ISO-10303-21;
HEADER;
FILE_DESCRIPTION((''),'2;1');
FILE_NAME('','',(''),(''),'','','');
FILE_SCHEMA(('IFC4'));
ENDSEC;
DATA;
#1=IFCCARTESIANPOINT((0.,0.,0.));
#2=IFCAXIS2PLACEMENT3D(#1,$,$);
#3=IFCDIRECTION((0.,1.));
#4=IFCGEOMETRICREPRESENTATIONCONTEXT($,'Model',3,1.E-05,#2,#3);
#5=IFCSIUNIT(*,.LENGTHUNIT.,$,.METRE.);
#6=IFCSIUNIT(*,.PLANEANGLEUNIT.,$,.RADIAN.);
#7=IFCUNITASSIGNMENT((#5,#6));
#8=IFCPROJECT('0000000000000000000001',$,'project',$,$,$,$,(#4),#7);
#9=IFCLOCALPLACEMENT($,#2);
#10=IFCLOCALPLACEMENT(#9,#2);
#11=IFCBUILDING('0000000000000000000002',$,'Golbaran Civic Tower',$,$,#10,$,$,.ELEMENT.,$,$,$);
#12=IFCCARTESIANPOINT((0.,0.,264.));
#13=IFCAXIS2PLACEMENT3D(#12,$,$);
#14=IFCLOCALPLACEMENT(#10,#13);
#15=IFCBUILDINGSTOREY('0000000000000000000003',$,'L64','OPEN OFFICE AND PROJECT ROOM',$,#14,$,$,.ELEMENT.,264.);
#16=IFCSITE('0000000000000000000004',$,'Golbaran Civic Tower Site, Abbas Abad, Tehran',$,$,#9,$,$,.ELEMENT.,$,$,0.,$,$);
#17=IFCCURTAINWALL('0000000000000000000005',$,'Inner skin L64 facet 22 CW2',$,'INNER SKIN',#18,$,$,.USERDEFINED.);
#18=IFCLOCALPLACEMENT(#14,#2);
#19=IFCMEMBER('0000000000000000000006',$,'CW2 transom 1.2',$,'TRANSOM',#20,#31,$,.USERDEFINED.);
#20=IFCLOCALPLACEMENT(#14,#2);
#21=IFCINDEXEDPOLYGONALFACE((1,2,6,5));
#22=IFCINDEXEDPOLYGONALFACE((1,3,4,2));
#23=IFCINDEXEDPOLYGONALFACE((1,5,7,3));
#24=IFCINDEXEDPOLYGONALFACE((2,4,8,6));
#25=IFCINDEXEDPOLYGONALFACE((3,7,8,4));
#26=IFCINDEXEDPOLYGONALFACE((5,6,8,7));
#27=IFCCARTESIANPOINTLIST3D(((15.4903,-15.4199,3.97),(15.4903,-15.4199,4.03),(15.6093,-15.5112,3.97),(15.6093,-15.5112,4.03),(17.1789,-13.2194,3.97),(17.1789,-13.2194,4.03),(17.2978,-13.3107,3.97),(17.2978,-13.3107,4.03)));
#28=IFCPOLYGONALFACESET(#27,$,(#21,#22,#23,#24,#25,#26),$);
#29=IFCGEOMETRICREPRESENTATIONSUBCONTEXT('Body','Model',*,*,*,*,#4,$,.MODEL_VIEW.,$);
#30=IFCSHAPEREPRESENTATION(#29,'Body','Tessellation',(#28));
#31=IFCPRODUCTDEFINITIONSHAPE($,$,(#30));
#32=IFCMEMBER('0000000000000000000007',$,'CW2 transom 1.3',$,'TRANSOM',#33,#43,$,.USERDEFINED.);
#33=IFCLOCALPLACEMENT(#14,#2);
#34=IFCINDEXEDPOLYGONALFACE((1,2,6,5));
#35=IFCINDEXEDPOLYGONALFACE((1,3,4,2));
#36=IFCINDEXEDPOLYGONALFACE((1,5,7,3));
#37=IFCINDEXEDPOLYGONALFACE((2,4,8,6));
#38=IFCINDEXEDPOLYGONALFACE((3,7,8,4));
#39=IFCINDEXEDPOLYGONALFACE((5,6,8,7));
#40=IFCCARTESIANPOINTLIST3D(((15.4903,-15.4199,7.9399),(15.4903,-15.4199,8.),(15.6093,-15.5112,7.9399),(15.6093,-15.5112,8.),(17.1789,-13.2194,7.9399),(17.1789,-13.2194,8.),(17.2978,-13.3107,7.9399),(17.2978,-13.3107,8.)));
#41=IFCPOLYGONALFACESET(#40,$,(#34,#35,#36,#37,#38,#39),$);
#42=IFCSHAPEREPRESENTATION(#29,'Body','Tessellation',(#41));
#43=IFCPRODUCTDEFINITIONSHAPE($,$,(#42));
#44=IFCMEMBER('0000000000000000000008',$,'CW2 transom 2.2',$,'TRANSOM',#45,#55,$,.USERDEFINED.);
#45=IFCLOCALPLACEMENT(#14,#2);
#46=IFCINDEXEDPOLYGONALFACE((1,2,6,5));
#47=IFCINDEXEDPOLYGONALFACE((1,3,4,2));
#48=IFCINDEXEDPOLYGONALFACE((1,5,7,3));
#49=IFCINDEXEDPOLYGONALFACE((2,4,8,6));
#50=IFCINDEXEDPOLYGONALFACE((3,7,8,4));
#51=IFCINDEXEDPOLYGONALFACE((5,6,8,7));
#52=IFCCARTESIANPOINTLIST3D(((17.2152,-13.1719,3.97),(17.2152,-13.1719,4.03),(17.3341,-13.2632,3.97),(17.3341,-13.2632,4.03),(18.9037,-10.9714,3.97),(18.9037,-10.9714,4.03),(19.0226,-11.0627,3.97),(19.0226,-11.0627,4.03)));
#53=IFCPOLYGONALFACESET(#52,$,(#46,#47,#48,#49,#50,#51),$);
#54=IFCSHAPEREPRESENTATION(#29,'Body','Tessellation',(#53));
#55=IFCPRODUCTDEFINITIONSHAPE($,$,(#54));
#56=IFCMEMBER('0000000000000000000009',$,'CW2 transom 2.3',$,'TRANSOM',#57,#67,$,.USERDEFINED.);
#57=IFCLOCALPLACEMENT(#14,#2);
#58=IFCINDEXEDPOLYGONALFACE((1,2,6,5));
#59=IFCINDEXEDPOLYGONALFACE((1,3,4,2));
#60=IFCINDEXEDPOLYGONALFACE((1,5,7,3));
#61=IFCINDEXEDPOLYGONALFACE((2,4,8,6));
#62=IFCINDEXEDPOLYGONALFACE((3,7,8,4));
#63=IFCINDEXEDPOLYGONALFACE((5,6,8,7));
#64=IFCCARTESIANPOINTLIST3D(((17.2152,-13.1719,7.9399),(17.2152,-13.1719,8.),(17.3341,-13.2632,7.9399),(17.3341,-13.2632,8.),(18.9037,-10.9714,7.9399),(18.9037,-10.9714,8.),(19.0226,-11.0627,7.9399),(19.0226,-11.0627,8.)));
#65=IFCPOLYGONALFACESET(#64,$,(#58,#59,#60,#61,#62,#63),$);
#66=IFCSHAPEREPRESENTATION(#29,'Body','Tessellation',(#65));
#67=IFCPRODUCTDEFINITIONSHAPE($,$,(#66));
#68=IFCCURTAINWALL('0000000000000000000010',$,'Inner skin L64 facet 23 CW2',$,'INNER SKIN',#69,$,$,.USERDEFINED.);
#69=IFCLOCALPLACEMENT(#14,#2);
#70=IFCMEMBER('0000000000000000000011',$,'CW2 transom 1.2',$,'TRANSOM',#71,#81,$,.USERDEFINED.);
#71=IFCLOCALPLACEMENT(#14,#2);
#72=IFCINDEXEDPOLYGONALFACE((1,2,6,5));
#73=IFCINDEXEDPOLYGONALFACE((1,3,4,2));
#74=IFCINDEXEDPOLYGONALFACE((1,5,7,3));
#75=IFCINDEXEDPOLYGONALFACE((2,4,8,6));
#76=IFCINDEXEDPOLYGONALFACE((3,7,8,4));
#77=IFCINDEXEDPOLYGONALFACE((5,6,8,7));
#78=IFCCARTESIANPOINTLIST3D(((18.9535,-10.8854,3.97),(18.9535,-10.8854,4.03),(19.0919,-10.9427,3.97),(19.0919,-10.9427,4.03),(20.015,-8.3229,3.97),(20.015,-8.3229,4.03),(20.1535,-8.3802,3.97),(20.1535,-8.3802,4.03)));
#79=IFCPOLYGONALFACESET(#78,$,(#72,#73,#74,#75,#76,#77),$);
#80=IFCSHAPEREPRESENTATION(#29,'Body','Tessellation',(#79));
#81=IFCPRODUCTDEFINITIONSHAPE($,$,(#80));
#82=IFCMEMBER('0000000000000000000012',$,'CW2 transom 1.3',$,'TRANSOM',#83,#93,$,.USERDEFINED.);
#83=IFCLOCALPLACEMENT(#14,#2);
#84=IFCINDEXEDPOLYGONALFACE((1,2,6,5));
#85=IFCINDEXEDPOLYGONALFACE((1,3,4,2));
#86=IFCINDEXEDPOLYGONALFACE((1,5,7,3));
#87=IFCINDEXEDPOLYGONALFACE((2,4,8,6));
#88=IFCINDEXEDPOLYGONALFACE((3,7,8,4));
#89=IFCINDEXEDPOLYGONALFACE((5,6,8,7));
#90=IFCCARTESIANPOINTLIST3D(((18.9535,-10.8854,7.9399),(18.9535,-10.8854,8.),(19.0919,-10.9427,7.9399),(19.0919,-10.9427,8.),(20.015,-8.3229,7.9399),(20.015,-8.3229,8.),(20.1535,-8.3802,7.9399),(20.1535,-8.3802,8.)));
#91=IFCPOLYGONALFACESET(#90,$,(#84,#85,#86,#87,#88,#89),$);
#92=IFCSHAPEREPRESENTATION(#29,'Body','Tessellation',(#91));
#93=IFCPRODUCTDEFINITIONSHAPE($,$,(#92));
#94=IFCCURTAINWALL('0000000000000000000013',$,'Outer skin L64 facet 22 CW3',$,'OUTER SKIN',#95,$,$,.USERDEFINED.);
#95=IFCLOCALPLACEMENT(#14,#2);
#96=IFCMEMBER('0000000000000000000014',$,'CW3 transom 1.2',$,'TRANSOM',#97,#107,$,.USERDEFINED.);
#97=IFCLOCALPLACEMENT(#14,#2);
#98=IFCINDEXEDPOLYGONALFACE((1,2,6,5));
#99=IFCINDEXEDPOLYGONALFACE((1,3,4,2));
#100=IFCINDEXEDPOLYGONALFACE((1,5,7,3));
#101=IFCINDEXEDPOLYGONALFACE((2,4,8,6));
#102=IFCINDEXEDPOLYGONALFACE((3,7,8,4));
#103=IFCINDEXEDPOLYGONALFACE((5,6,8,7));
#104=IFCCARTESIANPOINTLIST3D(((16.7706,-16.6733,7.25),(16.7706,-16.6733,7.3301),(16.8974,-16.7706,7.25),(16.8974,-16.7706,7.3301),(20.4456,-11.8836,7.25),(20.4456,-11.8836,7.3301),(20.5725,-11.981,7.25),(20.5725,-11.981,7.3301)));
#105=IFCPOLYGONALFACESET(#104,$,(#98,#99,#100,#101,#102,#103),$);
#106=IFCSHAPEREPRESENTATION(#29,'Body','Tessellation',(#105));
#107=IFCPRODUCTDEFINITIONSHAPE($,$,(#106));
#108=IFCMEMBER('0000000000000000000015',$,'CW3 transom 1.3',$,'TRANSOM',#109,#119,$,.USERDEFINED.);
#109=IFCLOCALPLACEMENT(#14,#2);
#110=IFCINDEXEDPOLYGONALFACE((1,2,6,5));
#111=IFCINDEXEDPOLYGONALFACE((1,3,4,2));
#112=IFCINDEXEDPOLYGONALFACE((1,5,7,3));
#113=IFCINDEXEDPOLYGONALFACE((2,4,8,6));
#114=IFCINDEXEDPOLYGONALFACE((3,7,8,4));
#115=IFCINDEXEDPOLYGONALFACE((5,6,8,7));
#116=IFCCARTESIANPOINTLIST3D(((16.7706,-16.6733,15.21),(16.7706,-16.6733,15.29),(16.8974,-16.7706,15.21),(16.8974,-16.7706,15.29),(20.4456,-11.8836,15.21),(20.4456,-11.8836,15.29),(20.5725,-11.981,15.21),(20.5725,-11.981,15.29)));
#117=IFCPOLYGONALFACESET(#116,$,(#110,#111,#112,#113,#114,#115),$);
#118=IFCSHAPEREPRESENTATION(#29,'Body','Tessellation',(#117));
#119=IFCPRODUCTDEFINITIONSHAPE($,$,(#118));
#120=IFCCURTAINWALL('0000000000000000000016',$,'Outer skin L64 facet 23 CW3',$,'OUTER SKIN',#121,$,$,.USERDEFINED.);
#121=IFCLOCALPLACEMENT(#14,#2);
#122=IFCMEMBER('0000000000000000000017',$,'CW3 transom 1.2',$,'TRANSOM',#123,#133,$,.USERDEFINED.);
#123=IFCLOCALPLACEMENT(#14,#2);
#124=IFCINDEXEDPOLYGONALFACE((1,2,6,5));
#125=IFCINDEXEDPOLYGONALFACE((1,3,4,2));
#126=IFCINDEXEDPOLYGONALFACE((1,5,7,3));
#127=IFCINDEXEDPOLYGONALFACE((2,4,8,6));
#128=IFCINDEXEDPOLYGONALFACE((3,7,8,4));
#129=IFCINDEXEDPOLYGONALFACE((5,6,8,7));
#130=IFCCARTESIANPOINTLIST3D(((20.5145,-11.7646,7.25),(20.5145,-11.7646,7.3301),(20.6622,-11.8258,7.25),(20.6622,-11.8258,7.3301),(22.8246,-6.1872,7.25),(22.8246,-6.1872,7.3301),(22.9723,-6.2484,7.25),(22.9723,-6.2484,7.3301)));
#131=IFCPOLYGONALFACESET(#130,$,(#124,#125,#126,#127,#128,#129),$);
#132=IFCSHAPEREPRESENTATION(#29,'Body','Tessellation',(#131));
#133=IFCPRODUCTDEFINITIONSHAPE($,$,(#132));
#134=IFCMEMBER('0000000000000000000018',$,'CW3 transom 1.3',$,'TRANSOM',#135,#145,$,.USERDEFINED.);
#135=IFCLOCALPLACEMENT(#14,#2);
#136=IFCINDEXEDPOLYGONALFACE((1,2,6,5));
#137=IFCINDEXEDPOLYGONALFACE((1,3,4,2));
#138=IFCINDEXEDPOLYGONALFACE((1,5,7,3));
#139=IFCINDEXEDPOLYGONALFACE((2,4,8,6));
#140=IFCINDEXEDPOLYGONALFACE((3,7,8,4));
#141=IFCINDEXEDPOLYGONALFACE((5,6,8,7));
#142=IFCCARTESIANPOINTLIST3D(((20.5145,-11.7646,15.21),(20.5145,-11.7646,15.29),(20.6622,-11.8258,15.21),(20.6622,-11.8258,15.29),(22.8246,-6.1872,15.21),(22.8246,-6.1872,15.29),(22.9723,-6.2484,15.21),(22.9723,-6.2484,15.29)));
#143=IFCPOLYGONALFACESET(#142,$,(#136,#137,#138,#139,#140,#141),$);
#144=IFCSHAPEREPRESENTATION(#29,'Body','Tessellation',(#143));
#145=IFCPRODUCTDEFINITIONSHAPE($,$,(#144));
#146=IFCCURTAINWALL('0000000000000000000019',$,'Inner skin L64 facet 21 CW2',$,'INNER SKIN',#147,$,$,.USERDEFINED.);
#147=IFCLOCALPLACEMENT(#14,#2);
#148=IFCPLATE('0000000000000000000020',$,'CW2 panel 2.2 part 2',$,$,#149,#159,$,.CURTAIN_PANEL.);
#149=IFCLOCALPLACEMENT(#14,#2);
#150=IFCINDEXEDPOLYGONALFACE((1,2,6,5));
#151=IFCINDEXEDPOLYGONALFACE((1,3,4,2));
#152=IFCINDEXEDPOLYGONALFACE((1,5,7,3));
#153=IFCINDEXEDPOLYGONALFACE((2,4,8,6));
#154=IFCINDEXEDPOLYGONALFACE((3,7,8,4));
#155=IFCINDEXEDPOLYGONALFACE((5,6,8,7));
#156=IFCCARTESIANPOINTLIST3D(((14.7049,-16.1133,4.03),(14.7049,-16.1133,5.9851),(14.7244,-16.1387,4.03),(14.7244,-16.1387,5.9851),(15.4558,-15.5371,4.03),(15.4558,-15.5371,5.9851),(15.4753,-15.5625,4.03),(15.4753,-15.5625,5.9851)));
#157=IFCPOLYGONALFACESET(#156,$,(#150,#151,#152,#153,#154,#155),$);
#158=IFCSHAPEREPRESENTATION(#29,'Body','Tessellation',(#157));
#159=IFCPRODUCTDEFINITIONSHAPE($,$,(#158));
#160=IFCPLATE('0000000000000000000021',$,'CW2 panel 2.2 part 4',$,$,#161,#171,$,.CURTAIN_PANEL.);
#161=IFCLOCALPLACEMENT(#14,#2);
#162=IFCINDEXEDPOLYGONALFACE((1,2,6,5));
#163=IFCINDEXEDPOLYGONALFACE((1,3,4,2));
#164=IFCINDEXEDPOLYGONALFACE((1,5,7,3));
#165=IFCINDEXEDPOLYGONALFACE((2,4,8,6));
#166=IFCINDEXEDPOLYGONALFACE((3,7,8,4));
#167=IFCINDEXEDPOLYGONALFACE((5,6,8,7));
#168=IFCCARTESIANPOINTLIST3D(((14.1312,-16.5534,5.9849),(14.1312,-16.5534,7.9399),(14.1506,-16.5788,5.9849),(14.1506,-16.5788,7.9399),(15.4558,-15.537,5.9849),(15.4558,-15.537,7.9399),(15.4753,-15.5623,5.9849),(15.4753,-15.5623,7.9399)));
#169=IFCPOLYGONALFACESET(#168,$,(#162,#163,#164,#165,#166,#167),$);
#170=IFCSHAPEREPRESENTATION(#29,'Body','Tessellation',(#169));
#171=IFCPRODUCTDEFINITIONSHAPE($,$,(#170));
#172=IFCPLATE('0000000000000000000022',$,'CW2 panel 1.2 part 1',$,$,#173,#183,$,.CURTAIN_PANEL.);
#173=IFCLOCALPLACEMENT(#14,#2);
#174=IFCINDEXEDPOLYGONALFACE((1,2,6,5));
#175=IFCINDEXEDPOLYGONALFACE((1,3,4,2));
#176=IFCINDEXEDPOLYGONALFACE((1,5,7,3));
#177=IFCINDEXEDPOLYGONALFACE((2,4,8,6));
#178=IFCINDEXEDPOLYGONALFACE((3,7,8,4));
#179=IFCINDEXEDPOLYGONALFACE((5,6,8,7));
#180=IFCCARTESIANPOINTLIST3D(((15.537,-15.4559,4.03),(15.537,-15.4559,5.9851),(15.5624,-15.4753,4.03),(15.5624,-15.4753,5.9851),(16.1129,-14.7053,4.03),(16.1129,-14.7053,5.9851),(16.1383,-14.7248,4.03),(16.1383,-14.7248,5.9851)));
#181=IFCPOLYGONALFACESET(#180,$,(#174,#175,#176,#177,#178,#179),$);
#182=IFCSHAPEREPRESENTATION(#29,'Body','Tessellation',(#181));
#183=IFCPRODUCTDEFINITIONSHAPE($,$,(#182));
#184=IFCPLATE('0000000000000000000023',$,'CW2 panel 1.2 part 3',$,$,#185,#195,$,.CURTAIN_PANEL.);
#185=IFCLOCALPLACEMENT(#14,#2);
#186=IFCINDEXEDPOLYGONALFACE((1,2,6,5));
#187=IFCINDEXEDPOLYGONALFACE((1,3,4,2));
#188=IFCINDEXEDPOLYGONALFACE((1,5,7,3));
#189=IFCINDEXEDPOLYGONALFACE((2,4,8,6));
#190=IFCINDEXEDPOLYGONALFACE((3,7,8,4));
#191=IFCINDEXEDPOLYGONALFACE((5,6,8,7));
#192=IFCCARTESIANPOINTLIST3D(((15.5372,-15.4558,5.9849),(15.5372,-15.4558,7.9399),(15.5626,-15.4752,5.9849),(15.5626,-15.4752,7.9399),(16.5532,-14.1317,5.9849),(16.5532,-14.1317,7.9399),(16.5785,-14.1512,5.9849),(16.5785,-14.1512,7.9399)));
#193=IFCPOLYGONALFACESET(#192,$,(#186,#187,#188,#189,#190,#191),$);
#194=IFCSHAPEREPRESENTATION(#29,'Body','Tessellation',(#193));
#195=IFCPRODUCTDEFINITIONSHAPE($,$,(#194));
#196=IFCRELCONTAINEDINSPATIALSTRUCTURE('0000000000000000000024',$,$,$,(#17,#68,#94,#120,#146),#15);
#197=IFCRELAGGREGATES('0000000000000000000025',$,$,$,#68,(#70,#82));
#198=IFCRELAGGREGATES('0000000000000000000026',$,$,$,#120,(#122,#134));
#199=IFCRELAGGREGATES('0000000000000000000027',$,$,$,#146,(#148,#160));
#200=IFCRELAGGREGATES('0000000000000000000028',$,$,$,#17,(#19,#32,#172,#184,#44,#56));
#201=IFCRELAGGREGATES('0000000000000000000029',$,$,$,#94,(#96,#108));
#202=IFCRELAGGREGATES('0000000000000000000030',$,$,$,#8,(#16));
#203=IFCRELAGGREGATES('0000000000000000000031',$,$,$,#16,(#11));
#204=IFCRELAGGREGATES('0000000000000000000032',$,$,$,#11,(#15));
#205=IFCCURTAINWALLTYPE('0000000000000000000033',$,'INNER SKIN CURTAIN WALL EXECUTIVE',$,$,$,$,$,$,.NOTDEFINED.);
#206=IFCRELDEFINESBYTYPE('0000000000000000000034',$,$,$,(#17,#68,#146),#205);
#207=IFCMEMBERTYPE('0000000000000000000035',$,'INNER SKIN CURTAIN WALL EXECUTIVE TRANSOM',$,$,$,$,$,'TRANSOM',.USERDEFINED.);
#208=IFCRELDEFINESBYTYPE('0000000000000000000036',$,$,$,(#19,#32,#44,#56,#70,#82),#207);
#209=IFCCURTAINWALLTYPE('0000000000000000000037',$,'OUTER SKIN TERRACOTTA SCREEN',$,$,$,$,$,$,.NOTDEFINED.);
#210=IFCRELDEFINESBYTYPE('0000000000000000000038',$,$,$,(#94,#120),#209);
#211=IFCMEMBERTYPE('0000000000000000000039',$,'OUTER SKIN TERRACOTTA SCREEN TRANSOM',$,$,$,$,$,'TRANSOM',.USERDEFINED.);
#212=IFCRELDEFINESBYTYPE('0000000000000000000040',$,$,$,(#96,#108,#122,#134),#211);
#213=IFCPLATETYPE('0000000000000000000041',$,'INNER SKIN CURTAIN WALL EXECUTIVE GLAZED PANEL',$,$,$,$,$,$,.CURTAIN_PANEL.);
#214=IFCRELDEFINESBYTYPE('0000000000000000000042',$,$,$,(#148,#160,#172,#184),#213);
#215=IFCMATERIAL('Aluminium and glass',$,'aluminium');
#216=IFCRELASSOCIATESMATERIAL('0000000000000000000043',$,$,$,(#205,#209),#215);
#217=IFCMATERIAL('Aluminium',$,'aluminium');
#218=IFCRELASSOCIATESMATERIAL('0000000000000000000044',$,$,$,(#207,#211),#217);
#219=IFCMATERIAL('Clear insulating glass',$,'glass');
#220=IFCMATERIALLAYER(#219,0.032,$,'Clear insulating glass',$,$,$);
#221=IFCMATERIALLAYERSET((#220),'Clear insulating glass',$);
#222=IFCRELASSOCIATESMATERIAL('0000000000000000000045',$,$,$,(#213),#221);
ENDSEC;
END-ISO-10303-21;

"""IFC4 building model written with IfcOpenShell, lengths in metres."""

from ifc_helpers import new_model, si_unit, direction, frame, origin, origin_2d, place, context, subcontext, project, spatial, rectangle, extrude, material, layer, layer_set, material_profile, profile_set, type_object, element, aggregate, save


model = new_model("IFC4")

# Units and contexts
model_context = context("Model", 3, precision=1e-05, world=origin(), true_north=direction((0.0, 1.0)))
body_context = subcontext(model_context, "Body", "Model", "MODEL_VIEW")
ifc_project = project(units=[si_unit("LENGTHUNIT", "METRE"), si_unit("PLANEANGLEUNIT", "RADIAN")], contexts=[model_context])

# Site, building, storey
site_placement = place(None, origin())
site = spatial("IfcSite", under=ifc_project, at=site_placement, Name="Golbaran Civic Tower Site, Abbas Abad, Tehran", CompositionType="ELEMENT", RefElevation=0.0)
building_placement = place(site_placement, origin())
building = spatial("IfcBuilding", under=site, at=building_placement, Name="Golbaran Civic Tower", CompositionType="ELEMENT")
storey_placement = place(building_placement, frame((0.0, 0.0, 264.0)))
storey = spatial("IfcBuildingStorey", under=building, at=storey_placement, Name="L64", Description="OPEN OFFICE AND PROJECT ROOM", CompositionType="ELEMENT", Elevation=264.0)

# Curtain walls, members
ifc_material_1 = material(Name="Aluminium and glass", Category="aluminium")
curtain_wall_type_1 = type_object("IfcCurtainWallType", Name="INNER SKIN CURTAIN WALL EXECUTIVE", PredefinedType="NOTDEFINED", material=ifc_material_1)
curtain_wall_1_placement = place(storey_placement, origin())
curtain_wall_1 = element("IfcCurtainWall", 1, at=curtain_wall_1_placement, inside=storey, type_object=curtain_wall_type_1, Name="Inner skin L64 facet 22 CW2", ObjectType="INNER SKIN", PredefinedType="USERDEFINED")
ifc_material_2 = material(Name="Aluminium", Category="aluminium")
ifc_material_profile_1 = material_profile(ifc_material_2, rectangle(XDim=0.1499, YDim=0.0601, at=origin_2d()), Name="INNER SKIN CURTAIN WALL EXECUTIVE TRANSOM")
ifc_profile_set_1 = profile_set([ifc_material_profile_1], Name="Aluminium")
member_type_1 = type_object("IfcMemberType", Name="INNER SKIN CURTAIN WALL EXECUTIVE TRANSOM", ElementType="TRANSOM", PredefinedType="USERDEFINED", material=ifc_profile_set_1)
member_1_placement = place(storey_placement, frame((15.5498, -15.4656, 4.0), z_axis=(0.608766, 0.79335, 0.0), x_axis=(-0.79335, 0.608766, 0.0)))
member_1 = element("IfcMember", 2, at=member_1_placement, type_object=member_type_1, Name="CW2 transom 1.2", ObjectType="TRANSOM", PredefinedType="USERDEFINED", context=body_context, shape_type="SweptSolid", body=[
    extrude(rectangle(XDim=0.1499, YDim=0.0601, at=origin_2d()), origin(), (0.0, 0.0, 1.0), 2.7737),
])
member_2_placement = place(storey_placement, frame((15.5498, -15.4656, 7.97), z_axis=(0.608766, 0.79335, 0.0), x_axis=(-0.79335, 0.608766, 0.0)))
member_2 = element("IfcMember", 3, at=member_2_placement, type_object=member_type_1, Name="CW2 transom 1.3", ObjectType="TRANSOM", PredefinedType="USERDEFINED", context=body_context, shape_type="SweptSolid", body=[
    extrude(rectangle(XDim=0.1499, YDim=0.0601, at=origin_2d()), origin(), (0.0, 0.0, 1.0), 2.7737),
])
member_3_placement = place(storey_placement, frame((17.2747, -13.2175, 4.0), z_axis=(0.608766, 0.79335, 0.0), x_axis=(-0.79335, 0.608766, 0.0)))
member_3 = element("IfcMember", 4, at=member_3_placement, type_object=member_type_1, Name="CW2 transom 2.2", ObjectType="TRANSOM", PredefinedType="USERDEFINED", context=body_context, shape_type="SweptSolid", body=[
    extrude(rectangle(XDim=0.1499, YDim=0.0601, at=origin_2d()), origin(), (0.0, 0.0, 1.0), 2.7737),
])
member_4_placement = place(storey_placement, frame((17.2747, -13.2175, 7.97), z_axis=(0.608766, 0.79335, 0.0), x_axis=(-0.79335, 0.608766, 0.0)))
member_4 = element("IfcMember", 5, at=member_4_placement, type_object=member_type_1, Name="CW2 transom 2.3", ObjectType="TRANSOM", PredefinedType="USERDEFINED", context=body_context, shape_type="SweptSolid", body=[
    extrude(rectangle(XDim=0.1499, YDim=0.0601, at=origin_2d()), origin(), (0.0, 0.0, 1.0), 2.7737),
])
curtain_wall_2_placement = place(storey_placement, origin())
curtain_wall_2 = element("IfcCurtainWall", 6, at=curtain_wall_2_placement, inside=storey, type_object=curtain_wall_type_1, Name="Inner skin L64 facet 23 CW2", ObjectType="INNER SKIN", PredefinedType="USERDEFINED")
member_5_placement = place(storey_placement, frame((19.0227, -10.9141, 4.0), z_axis=(0.382715, 0.923867, 0.0), x_axis=(-0.923867, 0.382715, 0.0)))
member_5 = element("IfcMember", 7, at=member_5_placement, type_object=member_type_1, Name="CW2 transom 1.2", ObjectType="TRANSOM", PredefinedType="USERDEFINED", context=body_context, shape_type="SweptSolid", body=[
    extrude(rectangle(XDim=0.1499, YDim=0.0601, at=origin_2d()), origin(), (0.0, 0.0, 1.0), 2.7737),
])
member_6_placement = place(storey_placement, frame((19.0227, -10.9141, 7.97), z_axis=(0.382715, 0.923867, 0.0), x_axis=(-0.923867, 0.382715, 0.0)))
member_6 = element("IfcMember", 8, at=member_6_placement, type_object=member_type_1, Name="CW2 transom 1.3", ObjectType="TRANSOM", PredefinedType="USERDEFINED", context=body_context, shape_type="SweptSolid", body=[
    extrude(rectangle(XDim=0.1499, YDim=0.0601, at=origin_2d()), origin(), (0.0, 0.0, 1.0), 2.7737),
])
aggregate(curtain_wall_2, [member_5, member_6])
curtain_wall_type_2 = type_object("IfcCurtainWallType", Name="OUTER SKIN TERRACOTTA SCREEN", PredefinedType="NOTDEFINED", material=ifc_material_1)
curtain_wall_3_placement = place(storey_placement, origin())
curtain_wall_3 = element("IfcCurtainWall", 9, at=curtain_wall_3_placement, inside=storey, type_object=curtain_wall_type_2, Name="Outer skin L64 facet 22 CW3", ObjectType="OUTER SKIN", PredefinedType="USERDEFINED")
ifc_material_profile_2 = material_profile(ifc_material_2, rectangle(XDim=0.1599, YDim=0.0801, at=origin_2d()), Name="OUTER SKIN TERRACOTTA SCREEN TRANSOM")
ifc_profile_set_2 = profile_set([ifc_material_profile_2], Name="Aluminium")
member_type_2 = type_object("IfcMemberType", Name="OUTER SKIN TERRACOTTA SCREEN TRANSOM", ElementType="TRANSOM", PredefinedType="USERDEFINED", material=ifc_profile_set_2)
member_7_placement = place(storey_placement, frame((16.834, -16.7219, 7.29), z_axis=(0.608751, 0.793362, 0.0), x_axis=(-0.793362, 0.608751, 0.0)))
member_7 = element("IfcMember", 10, at=member_7_placement, type_object=member_type_2, Name="CW3 transom 1.2", ObjectType="TRANSOM", PredefinedType="USERDEFINED", context=body_context, shape_type="SweptSolid", body=[
    extrude(rectangle(XDim=0.1599, YDim=0.0801, at=origin_2d()), origin(), (0.0, 0.0, 1.0), 6.0371),
])
member_8_placement = place(storey_placement, frame((16.834, -16.7219, 15.25), z_axis=(0.608751, 0.793362, 0.0), x_axis=(-0.793362, 0.608751, 0.0)))
member_8 = element("IfcMember", 11, at=member_8_placement, type_object=member_type_2, Name="CW3 transom 1.3", ObjectType="TRANSOM", PredefinedType="USERDEFINED", context=body_context, shape_type="SweptSolid", body=[
    extrude(rectangle(XDim=0.1599, YDim=0.0801, at=origin_2d()), origin(), (0.0, 0.0, 1.0), 6.0371),
])
curtain_wall_4_placement = place(storey_placement, origin())
curtain_wall_4 = element("IfcCurtainWall", 12, at=curtain_wall_4_placement, inside=storey, type_object=curtain_wall_type_2, Name="Outer skin L64 facet 23 CW3", ObjectType="OUTER SKIN", PredefinedType="USERDEFINED")
member_9_placement = place(storey_placement, frame((20.5884, -11.7952, 7.29), z_axis=(0.382659, 0.92389, 0.0), x_axis=(-0.92389, 0.382659, 0.0)))
member_9 = element("IfcMember", 13, at=member_9_placement, type_object=member_type_2, Name="CW3 transom 1.2", ObjectType="TRANSOM", PredefinedType="USERDEFINED", context=body_context, shape_type="SweptSolid", body=[
    extrude(rectangle(XDim=0.1599, YDim=0.0801, at=origin_2d()), origin(), (0.0, 0.0, 1.0), 6.0369),
])
member_10_placement = place(storey_placement, frame((20.5884, -11.7952, 15.25), z_axis=(0.382659, 0.92389, 0.0), x_axis=(-0.92389, 0.382659, 0.0)))
member_10 = element("IfcMember", 14, at=member_10_placement, type_object=member_type_2, Name="CW3 transom 1.3", ObjectType="TRANSOM", PredefinedType="USERDEFINED", context=body_context, shape_type="SweptSolid", body=[
    extrude(rectangle(XDim=0.1599, YDim=0.0801, at=origin_2d()), origin(), (0.0, 0.0, 1.0), 6.0369),
])
aggregate(curtain_wall_4, [member_9, member_10])

# Curtain wall, plates
curtain_wall_5_placement = place(storey_placement, origin())
curtain_wall_5 = element("IfcCurtainWall", 15, at=curtain_wall_5_placement, inside=storey, type_object=curtain_wall_type_1, Name="Inner skin L64 facet 21 CW2", ObjectType="INNER SKIN", PredefinedType="USERDEFINED")
ifc_material_3 = material(Name="Clear insulating glass", Category="glass")
ifc_layer_1 = layer(ifc_material_3, 0.032, Name="Clear insulating glass")
ifc_layer_set_1 = layer_set([ifc_layer_1], Name="Clear insulating glass")
plate_type_1 = type_object("IfcPlateType", Name="INNER SKIN CURTAIN WALL EXECUTIVE GLAZED PANEL", PredefinedType="CURTAIN_PANEL", material=ifc_layer_set_1)
plate_1_placement = place(storey_placement, frame((15.0901, -15.8379, 4.03), z_axis=(0.0, 0.0, 1.0), x_axis=(0.793353, 0.608761, 0.0)))
plate_1 = element("IfcPlate", 16, at=plate_1_placement, type_object=plate_type_1, Name="CW2 panel 2.2 part 2", PredefinedType="CURTAIN_PANEL", context=body_context, shape_type="SweptSolid", body=[
    extrude(rectangle(XDim=0.9465, YDim=0.032, at=origin_2d()), origin(), (0.0, 0.0, 1.0), 1.9551),
])
plate_2_placement = place(storey_placement, frame((14.8032, -16.0579, 5.9849), z_axis=(0.0, 0.0, 1.0), x_axis=(0.793353, 0.608761, 0.0)))
plate_2 = element("IfcPlate", 17, at=plate_2_placement, type_object=plate_type_1, Name="CW2 panel 2.2 part 4", PredefinedType="CURTAIN_PANEL", context=body_context, shape_type="SweptSolid", body=[
    extrude(rectangle(XDim=1.6697, YDim=0.032, at=origin_2d()), origin(), (0.0, 0.0, 1.0), 1.9551),
])

# Plates
plate_3_placement = place(storey_placement, frame((15.8376, -15.0903, 4.03), z_axis=(0.0, 0.0, 1.0), x_axis=(0.608761, 0.793353, 0.0)))
plate_3 = element("IfcPlate", 18, at=plate_3_placement, type_object=plate_type_1, Name="CW2 panel 1.2 part 1", PredefinedType="CURTAIN_PANEL", context=body_context, shape_type="SweptSolid", body=[
    extrude(rectangle(XDim=0.946, YDim=0.032, at=origin_2d()), origin(), (0.0, 0.0, 1.0), 1.9551),
])
plate_4_placement = place(storey_placement, frame((16.0579, -14.8035, 5.9849), z_axis=(0.0, 0.0, 1.0), x_axis=(0.608761, 0.793353, 0.0)))
plate_4 = element("IfcPlate", 19, at=plate_4_placement, type_object=plate_type_1, Name="CW2 panel 1.2 part 3", PredefinedType="CURTAIN_PANEL", context=body_context, shape_type="SweptSolid", body=[
    extrude(rectangle(XDim=1.6689, YDim=0.032, at=origin_2d()), origin(), (0.0, 0.0, 1.0), 1.9551),
])
aggregate(curtain_wall_5, [plate_1, plate_2])
aggregate(curtain_wall_1, [member_1, member_2, plate_3, plate_4, member_3, member_4])
aggregate(curtain_wall_3, [member_7, member_8])

save(model, "model.ifc")
